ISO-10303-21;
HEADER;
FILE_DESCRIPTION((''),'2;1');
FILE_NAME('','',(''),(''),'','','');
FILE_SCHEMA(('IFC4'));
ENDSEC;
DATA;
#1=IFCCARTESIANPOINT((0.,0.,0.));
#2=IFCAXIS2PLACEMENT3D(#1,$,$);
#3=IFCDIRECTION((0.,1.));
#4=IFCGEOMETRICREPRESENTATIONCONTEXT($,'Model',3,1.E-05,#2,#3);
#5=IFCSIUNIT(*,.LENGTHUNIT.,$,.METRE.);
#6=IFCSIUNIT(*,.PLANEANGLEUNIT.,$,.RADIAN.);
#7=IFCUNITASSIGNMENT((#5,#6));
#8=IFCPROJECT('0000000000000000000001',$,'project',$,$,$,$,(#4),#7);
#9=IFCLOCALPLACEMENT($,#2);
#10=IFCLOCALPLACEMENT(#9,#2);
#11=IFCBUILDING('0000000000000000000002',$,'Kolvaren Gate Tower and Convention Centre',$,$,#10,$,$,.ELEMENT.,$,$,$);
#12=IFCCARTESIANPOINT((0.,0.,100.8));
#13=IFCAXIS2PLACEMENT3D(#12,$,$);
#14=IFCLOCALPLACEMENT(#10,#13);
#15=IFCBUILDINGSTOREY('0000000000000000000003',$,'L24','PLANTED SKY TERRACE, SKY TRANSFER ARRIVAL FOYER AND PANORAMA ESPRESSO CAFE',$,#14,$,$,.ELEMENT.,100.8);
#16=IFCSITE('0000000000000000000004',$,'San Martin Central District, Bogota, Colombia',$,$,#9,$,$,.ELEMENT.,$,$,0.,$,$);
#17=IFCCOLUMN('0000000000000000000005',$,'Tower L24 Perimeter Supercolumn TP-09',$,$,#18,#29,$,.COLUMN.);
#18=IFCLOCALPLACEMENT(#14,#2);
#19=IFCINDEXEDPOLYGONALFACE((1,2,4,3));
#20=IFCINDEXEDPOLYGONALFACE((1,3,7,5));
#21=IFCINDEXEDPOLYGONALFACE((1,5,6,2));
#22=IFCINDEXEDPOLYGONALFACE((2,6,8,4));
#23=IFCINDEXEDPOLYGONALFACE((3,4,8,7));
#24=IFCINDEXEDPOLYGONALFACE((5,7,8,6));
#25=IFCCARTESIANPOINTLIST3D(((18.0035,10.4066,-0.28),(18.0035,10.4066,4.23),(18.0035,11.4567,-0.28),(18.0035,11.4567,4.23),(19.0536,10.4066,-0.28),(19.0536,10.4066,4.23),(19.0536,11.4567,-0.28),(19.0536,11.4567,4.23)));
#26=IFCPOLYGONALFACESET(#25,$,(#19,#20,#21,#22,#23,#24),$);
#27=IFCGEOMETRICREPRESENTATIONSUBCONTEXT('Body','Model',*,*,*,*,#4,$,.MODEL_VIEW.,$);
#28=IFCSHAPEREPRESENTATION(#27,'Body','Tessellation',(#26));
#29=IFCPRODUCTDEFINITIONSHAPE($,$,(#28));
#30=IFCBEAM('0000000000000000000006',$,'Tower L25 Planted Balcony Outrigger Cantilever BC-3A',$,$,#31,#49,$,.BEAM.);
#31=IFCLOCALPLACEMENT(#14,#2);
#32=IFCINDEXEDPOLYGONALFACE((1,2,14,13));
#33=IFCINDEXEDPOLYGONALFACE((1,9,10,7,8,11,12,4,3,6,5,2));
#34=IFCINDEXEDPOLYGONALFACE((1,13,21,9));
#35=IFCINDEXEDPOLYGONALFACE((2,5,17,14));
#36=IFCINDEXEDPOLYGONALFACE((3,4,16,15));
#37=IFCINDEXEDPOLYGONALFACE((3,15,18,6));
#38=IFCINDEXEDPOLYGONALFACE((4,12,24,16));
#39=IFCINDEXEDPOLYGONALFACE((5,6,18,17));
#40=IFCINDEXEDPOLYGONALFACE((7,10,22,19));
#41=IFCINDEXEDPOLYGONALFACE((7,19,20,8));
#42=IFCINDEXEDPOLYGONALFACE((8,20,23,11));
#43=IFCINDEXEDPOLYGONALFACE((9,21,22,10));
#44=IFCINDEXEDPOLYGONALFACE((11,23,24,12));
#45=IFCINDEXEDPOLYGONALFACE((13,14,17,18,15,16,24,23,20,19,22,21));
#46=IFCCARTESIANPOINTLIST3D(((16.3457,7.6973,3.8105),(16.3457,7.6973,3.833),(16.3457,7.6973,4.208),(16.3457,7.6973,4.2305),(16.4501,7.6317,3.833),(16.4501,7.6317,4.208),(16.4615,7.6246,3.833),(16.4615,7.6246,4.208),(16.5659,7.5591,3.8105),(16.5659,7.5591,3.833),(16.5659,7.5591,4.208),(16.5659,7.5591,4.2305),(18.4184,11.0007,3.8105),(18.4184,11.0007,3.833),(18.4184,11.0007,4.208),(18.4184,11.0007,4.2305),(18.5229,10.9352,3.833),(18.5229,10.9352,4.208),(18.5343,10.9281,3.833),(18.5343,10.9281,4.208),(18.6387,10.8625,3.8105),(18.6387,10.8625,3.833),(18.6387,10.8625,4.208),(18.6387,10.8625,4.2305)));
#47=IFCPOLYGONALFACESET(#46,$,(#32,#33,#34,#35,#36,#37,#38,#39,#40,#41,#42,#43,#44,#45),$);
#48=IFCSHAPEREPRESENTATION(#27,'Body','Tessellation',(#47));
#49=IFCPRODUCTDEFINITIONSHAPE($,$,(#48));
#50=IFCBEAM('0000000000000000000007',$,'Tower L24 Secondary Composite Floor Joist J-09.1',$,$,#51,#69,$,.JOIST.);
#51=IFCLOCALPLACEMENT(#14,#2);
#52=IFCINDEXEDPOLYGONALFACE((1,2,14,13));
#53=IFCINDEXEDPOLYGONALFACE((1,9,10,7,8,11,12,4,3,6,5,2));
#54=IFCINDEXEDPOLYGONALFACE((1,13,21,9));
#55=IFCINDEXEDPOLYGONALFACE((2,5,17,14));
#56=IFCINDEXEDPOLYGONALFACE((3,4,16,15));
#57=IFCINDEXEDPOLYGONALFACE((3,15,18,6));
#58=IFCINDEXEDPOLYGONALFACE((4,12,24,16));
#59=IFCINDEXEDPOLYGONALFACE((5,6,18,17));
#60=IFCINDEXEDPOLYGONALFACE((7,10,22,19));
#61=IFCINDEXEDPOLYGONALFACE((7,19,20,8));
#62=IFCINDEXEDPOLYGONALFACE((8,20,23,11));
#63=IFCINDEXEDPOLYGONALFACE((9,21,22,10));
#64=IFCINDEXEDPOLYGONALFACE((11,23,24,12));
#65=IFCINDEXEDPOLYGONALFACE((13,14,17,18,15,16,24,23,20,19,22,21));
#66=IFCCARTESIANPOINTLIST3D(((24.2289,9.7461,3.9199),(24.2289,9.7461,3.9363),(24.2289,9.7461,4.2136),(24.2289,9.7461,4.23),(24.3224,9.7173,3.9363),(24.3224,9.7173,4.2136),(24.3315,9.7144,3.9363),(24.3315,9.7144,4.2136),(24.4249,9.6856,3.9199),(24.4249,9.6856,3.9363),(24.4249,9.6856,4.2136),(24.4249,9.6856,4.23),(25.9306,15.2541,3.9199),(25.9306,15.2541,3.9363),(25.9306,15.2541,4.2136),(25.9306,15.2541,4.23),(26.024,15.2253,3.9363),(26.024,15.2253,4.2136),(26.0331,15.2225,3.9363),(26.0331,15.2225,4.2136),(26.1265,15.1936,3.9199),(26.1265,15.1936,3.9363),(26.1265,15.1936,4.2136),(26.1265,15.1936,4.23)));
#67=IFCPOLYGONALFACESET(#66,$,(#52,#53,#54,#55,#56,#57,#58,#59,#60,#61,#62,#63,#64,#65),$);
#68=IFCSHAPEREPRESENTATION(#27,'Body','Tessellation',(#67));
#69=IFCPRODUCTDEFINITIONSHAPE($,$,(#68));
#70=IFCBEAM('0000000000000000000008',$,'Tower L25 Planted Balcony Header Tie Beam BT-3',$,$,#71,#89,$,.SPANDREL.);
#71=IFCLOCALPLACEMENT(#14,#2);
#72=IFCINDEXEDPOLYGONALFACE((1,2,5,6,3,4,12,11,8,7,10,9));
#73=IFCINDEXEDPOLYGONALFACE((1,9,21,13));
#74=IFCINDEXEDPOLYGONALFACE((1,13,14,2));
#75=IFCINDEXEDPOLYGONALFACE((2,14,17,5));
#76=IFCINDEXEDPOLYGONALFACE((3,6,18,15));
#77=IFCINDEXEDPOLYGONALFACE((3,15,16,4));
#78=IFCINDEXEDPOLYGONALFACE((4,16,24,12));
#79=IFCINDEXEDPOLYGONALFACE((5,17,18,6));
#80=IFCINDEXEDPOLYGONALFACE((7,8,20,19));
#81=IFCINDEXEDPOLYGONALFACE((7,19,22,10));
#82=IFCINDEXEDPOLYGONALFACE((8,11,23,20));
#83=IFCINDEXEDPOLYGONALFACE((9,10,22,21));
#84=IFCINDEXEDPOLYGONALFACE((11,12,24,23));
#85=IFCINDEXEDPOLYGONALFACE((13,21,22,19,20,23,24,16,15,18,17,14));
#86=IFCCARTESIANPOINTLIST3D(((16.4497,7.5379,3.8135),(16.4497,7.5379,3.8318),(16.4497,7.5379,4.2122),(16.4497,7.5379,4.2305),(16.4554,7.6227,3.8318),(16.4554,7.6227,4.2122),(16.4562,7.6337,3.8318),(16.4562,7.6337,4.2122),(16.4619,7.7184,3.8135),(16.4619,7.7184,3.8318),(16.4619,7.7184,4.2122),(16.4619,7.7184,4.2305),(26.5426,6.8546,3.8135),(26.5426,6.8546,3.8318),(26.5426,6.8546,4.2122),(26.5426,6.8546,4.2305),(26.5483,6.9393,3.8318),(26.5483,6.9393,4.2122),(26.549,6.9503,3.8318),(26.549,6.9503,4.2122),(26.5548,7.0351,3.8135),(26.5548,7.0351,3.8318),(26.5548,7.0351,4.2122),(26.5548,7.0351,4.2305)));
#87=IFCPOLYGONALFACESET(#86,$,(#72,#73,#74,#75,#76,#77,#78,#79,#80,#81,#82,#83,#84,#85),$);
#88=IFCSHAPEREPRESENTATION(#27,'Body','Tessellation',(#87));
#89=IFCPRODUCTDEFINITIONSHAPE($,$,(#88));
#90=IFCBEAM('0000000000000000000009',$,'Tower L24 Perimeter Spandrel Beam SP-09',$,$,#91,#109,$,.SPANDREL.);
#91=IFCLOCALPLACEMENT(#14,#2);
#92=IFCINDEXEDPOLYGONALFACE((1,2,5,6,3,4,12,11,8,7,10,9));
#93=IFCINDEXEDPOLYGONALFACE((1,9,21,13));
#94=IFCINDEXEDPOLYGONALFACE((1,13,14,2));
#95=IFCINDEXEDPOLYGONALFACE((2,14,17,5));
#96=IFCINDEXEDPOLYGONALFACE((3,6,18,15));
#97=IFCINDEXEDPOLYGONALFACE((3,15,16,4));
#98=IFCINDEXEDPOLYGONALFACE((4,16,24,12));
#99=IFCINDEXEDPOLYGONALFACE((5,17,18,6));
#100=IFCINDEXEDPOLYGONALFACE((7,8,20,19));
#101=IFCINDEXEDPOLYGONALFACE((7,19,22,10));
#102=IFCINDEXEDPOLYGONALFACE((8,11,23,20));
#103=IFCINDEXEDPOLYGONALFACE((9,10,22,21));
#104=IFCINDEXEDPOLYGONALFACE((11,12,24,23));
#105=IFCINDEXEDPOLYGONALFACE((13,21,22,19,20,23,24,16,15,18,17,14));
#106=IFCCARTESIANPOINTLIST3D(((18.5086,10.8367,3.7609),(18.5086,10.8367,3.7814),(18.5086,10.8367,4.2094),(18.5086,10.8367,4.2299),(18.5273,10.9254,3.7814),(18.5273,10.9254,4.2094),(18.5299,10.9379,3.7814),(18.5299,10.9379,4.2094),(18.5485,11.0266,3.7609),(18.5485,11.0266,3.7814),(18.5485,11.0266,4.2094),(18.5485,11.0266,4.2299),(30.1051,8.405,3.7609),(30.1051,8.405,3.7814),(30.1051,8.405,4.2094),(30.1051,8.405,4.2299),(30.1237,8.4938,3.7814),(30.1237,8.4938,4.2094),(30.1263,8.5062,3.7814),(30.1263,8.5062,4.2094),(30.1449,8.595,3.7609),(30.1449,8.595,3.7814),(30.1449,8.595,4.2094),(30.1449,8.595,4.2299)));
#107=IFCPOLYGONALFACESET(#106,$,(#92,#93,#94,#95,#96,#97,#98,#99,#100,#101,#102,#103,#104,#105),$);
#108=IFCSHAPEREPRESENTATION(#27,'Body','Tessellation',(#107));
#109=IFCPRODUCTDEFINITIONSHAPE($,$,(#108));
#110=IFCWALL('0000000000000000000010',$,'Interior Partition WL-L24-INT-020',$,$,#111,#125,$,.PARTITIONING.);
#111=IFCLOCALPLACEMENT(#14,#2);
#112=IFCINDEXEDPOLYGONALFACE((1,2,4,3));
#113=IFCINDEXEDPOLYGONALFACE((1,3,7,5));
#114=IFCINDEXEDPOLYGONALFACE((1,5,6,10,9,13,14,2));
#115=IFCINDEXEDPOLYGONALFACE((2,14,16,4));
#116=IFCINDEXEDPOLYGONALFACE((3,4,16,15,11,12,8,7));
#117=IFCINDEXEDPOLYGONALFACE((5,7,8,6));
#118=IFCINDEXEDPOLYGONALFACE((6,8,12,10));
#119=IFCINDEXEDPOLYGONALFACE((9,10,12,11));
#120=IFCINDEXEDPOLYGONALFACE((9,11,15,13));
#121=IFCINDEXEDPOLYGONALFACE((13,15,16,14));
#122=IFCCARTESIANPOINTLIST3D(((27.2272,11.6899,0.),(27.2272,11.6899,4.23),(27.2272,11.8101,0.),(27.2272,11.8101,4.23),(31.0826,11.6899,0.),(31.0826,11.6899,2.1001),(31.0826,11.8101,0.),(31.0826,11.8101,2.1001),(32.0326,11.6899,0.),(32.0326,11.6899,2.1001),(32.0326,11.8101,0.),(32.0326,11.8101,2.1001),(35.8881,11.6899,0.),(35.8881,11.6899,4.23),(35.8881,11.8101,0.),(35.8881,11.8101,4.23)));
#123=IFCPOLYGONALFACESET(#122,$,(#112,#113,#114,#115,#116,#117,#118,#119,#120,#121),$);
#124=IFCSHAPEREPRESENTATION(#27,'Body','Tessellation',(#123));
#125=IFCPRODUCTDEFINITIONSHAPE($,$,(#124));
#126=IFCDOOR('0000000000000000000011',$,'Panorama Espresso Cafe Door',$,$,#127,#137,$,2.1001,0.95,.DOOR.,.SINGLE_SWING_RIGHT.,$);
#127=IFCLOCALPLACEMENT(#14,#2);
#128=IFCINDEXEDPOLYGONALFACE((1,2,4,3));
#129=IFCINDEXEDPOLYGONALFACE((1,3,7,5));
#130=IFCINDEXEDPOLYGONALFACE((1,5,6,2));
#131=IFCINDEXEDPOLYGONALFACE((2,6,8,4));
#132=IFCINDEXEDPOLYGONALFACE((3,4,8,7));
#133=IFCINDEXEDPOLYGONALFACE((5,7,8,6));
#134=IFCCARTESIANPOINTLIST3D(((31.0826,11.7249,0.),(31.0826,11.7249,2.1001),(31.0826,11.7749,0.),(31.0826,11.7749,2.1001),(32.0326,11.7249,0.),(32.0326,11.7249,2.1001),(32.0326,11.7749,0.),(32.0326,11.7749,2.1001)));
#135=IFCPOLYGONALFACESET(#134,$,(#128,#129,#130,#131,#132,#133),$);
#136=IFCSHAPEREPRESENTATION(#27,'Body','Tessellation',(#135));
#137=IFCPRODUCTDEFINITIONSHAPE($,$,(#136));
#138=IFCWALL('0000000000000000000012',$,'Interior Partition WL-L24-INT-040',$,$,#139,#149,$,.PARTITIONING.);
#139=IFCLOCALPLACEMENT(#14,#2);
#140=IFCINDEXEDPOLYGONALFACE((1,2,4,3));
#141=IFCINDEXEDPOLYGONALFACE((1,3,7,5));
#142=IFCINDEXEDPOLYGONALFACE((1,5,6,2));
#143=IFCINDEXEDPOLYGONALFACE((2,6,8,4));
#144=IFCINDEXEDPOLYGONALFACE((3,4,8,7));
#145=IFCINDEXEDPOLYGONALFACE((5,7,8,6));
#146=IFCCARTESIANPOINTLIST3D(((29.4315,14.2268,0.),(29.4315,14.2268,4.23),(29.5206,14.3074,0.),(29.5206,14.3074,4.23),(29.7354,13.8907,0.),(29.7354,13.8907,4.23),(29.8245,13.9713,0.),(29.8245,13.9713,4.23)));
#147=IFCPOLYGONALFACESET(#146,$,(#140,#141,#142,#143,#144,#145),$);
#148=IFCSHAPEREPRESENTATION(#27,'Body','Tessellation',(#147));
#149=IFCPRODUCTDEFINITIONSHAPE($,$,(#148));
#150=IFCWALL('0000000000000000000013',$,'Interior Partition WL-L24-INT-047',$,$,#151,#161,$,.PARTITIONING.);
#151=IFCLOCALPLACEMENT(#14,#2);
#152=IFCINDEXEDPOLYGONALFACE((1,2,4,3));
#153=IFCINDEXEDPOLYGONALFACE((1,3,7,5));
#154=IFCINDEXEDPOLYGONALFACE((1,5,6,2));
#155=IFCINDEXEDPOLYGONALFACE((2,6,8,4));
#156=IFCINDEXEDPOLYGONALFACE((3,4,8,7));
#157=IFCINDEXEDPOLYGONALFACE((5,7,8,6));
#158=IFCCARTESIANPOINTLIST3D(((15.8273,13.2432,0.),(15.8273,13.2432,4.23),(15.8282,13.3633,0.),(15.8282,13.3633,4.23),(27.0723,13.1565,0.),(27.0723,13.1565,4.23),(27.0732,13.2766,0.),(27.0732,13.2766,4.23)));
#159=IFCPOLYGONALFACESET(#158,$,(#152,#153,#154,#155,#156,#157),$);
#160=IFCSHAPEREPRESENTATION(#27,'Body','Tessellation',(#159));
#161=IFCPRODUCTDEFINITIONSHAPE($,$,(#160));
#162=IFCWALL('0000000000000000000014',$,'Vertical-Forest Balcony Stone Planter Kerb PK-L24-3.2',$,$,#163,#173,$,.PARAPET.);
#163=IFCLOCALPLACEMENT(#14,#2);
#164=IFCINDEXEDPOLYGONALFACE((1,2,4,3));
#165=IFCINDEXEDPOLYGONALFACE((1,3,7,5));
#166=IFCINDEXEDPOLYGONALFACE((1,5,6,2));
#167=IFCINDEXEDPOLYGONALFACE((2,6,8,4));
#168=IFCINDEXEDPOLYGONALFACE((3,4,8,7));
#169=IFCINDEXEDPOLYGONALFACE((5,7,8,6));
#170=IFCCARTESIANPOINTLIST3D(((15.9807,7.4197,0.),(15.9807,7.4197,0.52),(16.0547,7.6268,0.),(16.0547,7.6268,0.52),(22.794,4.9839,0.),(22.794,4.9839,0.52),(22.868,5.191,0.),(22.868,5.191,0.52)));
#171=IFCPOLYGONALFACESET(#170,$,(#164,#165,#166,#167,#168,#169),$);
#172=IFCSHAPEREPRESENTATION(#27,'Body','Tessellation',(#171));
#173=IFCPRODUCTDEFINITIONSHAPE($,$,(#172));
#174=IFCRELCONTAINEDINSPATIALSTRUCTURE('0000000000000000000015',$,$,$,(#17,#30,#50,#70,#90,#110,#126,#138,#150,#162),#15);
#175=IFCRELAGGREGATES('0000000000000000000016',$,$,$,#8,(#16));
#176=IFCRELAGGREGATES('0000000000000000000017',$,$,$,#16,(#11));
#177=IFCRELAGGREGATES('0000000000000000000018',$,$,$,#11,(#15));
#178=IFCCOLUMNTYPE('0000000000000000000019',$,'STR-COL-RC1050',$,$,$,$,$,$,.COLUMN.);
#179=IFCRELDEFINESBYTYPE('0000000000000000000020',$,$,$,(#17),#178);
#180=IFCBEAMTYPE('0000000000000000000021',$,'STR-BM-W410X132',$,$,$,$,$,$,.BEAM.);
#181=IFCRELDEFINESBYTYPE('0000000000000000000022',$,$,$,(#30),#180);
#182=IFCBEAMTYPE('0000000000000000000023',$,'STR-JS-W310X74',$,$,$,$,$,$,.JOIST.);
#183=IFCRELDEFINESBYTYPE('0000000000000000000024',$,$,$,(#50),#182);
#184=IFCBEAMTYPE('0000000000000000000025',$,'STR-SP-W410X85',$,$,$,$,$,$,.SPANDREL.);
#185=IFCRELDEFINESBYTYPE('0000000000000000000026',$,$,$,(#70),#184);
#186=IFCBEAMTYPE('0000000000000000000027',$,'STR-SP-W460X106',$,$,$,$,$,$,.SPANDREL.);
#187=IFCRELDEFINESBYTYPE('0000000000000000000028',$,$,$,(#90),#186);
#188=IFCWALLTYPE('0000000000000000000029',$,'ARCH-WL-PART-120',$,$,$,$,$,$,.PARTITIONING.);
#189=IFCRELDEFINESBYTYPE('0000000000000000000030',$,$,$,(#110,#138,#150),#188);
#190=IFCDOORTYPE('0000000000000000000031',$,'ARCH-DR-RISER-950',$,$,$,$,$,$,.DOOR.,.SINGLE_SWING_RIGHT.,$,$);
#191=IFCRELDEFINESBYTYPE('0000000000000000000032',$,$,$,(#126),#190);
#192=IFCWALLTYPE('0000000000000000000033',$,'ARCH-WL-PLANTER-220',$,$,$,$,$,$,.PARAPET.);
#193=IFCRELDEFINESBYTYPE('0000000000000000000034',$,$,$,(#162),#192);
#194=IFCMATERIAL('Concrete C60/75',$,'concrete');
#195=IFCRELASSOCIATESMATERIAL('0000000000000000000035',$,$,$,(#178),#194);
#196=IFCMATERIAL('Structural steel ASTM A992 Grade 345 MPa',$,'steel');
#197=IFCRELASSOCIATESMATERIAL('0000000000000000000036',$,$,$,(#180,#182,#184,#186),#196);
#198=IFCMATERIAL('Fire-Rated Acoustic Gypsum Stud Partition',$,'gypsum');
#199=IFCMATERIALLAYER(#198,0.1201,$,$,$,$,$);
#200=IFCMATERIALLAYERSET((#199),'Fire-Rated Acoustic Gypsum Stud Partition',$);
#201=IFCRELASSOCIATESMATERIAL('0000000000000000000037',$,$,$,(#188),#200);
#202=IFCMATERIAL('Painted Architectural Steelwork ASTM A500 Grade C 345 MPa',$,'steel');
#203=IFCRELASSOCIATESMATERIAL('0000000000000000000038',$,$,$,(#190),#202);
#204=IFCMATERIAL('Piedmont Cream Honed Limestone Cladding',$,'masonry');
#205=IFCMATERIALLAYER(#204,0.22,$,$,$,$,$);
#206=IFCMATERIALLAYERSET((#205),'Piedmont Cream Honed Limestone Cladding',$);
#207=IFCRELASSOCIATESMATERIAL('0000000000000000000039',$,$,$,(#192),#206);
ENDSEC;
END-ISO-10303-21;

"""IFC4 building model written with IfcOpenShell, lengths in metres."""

from ifc_helpers import new_model, si_unit, direction, frame, frame_2d, origin, origin_2d, place, context, subcontext, project, spatial, rectangle, i_section, extrude, material, layer, layer_set, material_profile, profile_set, type_object, element, fill, save


model = new_model("IFC4")

# Units and contexts
model_context = context("Model", 3, precision=1e-05, world=origin(), true_north=direction((0.0, 1.0)))
body_context = subcontext(model_context, "Body", "Model", "MODEL_VIEW")
ifc_project = project(units=[si_unit("LENGTHUNIT", "METRE"), si_unit("PLANEANGLEUNIT", "RADIAN")], contexts=[model_context])

# Site, building, storey
site_placement = place(None, origin())
site = spatial("IfcSite", under=ifc_project, at=site_placement, Name="San Martin Central District, Bogota, Colombia", CompositionType="ELEMENT", RefElevation=0.0)
building_placement = place(site_placement, origin())
building = spatial("IfcBuilding", under=site, at=building_placement, Name="Kolvaren Gate Tower and Convention Centre", CompositionType="ELEMENT")
storey_placement = place(building_placement, frame((0.0, 0.0, 100.8)))
storey = spatial("IfcBuildingStorey", under=building, at=storey_placement, Name="L24", Description="PLANTED SKY TERRACE, SKY TRANSFER ARRIVAL FOYER AND PANORAMA ESPRESSO CAFE", CompositionType="ELEMENT", Elevation=100.8)

# Column
ifc_material_1 = material(Name="Concrete C60/75", Category="concrete")
ifc_material_profile_1 = material_profile(ifc_material_1, rectangle(XDim=1.05, YDim=1.05, at=origin_2d()), Name="RC-COL-1050X1050")
ifc_profile_set_1 = profile_set([ifc_material_profile_1], Name="Concrete C60/75")
column_type = type_object("IfcColumnType", Name="STR-COL-RC1050", PredefinedType="COLUMN", material=ifc_profile_set_1)
column_placement = place(storey_placement, frame((18.5286, 10.9316, -0.28), z_axis=(0.0, 0.0, 1.0), x_axis=(1.0, 0.0, 0.0)))
element("IfcColumn", 1, at=column_placement, inside=storey, type_object=column_type, Name="Tower L24 Perimeter Supercolumn TP-09", PredefinedType="COLUMN", context=body_context, shape_type="SweptSolid", body=[
    extrude(rectangle(XDim=1.05, YDim=1.05, at=origin_2d()), origin(), (0.0, 0.0, 1.0), 4.51),
])

# Beams
ifc_material_2 = material(Name="Structural steel ASTM A992 Grade 345 MPa", Category="steel")
ifc_material_profile_2 = material_profile(ifc_material_2, i_section(OverallWidth=0.26, OverallDepth=0.4199, WebThickness=0.0134, FlangeThickness=0.0225, at=origin_2d()), Name="W410X132")
ifc_profile_set_2 = profile_set([ifc_material_profile_2], Name="Structural steel ASTM A992 Grade 345 MPa")
beam_type_1 = type_object("IfcBeamType", Name="STR-BM-W410X132", PredefinedType="BEAM", material=ifc_profile_set_2)
beam_1_placement = place(storey_placement, frame((18.5286, 10.9316, 4.0205), z_axis=(-0.531489, -0.847065, 0.0), x_axis=(0.847065, -0.531489, 0.0)))
element("IfcBeam", 2, at=beam_1_placement, inside=storey, type_object=beam_type_1, Name="Tower L25 Planted Balcony Outrigger Cantilever BC-3A", PredefinedType="BEAM", context=body_context, shape_type="SweptSolid", body=[
    extrude(i_section(OverallWidth=0.26, OverallDepth=0.4199, WebThickness=0.0134, FlangeThickness=0.0225, at=origin_2d()), origin(), (0.0, 0.0, 1.0), 3.8999),
])
ifc_material_profile_3 = material_profile(ifc_material_2, i_section(OverallWidth=0.2051, OverallDepth=0.3101, WebThickness=0.0095, FlangeThickness=0.0164, at=origin_2d()), Name="W310X74")
ifc_profile_set_3 = profile_set([ifc_material_profile_3], Name="Structural steel ASTM A992 Grade 345 MPa")
beam_type_2 = type_object("IfcBeamType", Name="STR-JS-W310X74", PredefinedType="JOIST", material=ifc_profile_set_3)
beam_2_placement = place(storey_placement, frame((26.0286, 15.2239, 4.075), z_axis=(-0.295175, -0.955443, 0.0), x_axis=(0.955443, -0.295175, 0.0)))
element("IfcBeam", 3, at=beam_2_placement, inside=storey, type_object=beam_type_2, Name="Tower L24 Secondary Composite Floor Joist J-09.1", PredefinedType="JOIST", context=body_context, shape_type="SweptSolid", body=[
    extrude(i_section(OverallWidth=0.2051, OverallDepth=0.3101, WebThickness=0.0095, FlangeThickness=0.0164, at=origin_2d()), origin(), (0.0, 0.0, 1.0), 5.7649),
])
ifc_material_profile_4 = material_profile(ifc_material_2, i_section(OverallWidth=0.1809, OverallDepth=0.417, WebThickness=0.011, FlangeThickness=0.0183, at=origin_2d()), Name="W410X85")
ifc_profile_set_4 = profile_set([ifc_material_profile_4], Name="Structural steel ASTM A992 Grade 345 MPa")
beam_type_3 = type_object("IfcBeamType", Name="STR-SP-W410X85", PredefinedType="SPANDREL", material=ifc_profile_set_4)
beam_3_placement = place(storey_placement, frame((16.4558, 7.6282, 4.022), z_axis=(0.997716, -0.067552, 0.0), x_axis=(0.067552, 0.997716, 0.0)))
element("IfcBeam", 4, at=beam_3_placement, inside=storey, type_object=beam_type_3, Name="Tower L25 Planted Balcony Header Tie Beam BT-3", PredefinedType="SPANDREL", context=body_context, shape_type="SweptSolid", body=[
    extrude(i_section(OverallWidth=0.1809, OverallDepth=0.417, WebThickness=0.011, FlangeThickness=0.0183, at=origin_2d()), origin(), (0.0, 0.0, 1.0), 10.116),
])
ifc_material_profile_5 = material_profile(ifc_material_2, i_section(OverallWidth=0.1941, OverallDepth=0.469, WebThickness=0.0127, FlangeThickness=0.0205, at=origin_2d()), Name="W460X106")
ifc_profile_set_5 = profile_set([ifc_material_profile_5], Name="Structural steel ASTM A992 Grade 345 MPa")
beam_type_4 = type_object("IfcBeamType", Name="STR-SP-W460X106", PredefinedType="SPANDREL", material=ifc_profile_set_5)
beam_4_placement = place(storey_placement, frame((18.5286, 10.9316, 3.9954), z_axis=(0.978715, -0.205225, 0.0), x_axis=(0.205225, 0.978715, 0.0)))
element("IfcBeam", 5, at=beam_4_placement, inside=storey, type_object=beam_type_4, Name="Tower L24 Perimeter Spandrel Beam SP-09", PredefinedType="SPANDREL", context=body_context, shape_type="SweptSolid", body=[
    extrude(i_section(OverallWidth=0.1941, OverallDepth=0.469, WebThickness=0.0127, FlangeThickness=0.0205, at=origin_2d()), origin(), (0.0, 0.0, 1.0), 11.8486),
])

# Wall, opening, door
ifc_material_3 = material(Name="Fire-Rated Acoustic Gypsum Stud Partition", Category="gypsum")
ifc_layer_1 = layer(ifc_material_3, 0.1201)
ifc_layer_set_1 = layer_set([ifc_layer_1], Name="Fire-Rated Acoustic Gypsum Stud Partition")
wall_type_1 = type_object("IfcWallType", Name="ARCH-WL-PART-120", PredefinedType="PARTITIONING", material=ifc_layer_set_1)
wall_1_placement = place(storey_placement, frame((27.2271, 11.75, 0.0), z_axis=(0.0, 0.0, 1.0), x_axis=(1.0, 0.0, 0.0)))
wall_1 = element("IfcWall", 6, at=wall_1_placement, inside=storey, type_object=wall_type_1, Name="Interior Partition WL-L24-INT-020", PredefinedType="PARTITIONING", context=body_context, shape_type="SweptSolid", body=[
    extrude(rectangle(XDim=8.6609, YDim=0.1201, at=frame_2d((4.3306, 0.0))), origin(), (0.0, 0.0, 1.0), 4.23),
])
opening_1_placement = place(wall_1_placement, frame((3.8555, 0.0, 0.0)))
opening_1 = element("IfcOpeningElement", 7, at=opening_1_placement, cuts=wall_1, PredefinedType="OPENING", context=body_context, shape_type="SweptSolid", body=[
    extrude(rectangle(XDim=0.95, YDim=2.1001, at=frame_2d((0.4751, 1.05))), frame((0.0, 0.0701, 0.0), z_axis=(0.0, -1.0, 0.0), x_axis=(1.0, 0.0, 0.0)), (0.0, 0.0, 1.0), 0.1401),
])
ifc_material_4 = material(Name="Painted Architectural Steelwork ASTM A500 Grade C 345 MPa", Category="steel")
door_type_1 = type_object("IfcDoorType", Name="ARCH-DR-RISER-950", OperationType="SINGLE_SWING_RIGHT", PredefinedType="DOOR", material=ifc_material_4)
door_1_placement = place(opening_1_placement, origin())
door_1 = element("IfcDoor", 8, at=door_1_placement, inside=storey, type_object=door_type_1, Name="Panorama Espresso Cafe Door", OperationType="SINGLE_SWING_RIGHT", OverallHeight=2.1001, OverallWidth=0.95, PredefinedType="DOOR", context=body_context, shape_type="SweptSolid", body=[
    extrude(rectangle(XDim=0.95, YDim=2.1001, at=frame_2d((0.4751, 1.05))), frame((0.0, 0.0249, 0.0), z_axis=(0.0, -1.0, 0.0), x_axis=(1.0, 0.0, 0.0)), (0.0, 0.0, 1.0), 0.05),
])
fill(opening_1, door_1)

# Walls
wall_2_placement = place(storey_placement, frame((29.4761, 14.2671, 0.0), z_axis=(0.0, 0.0, 1.0), x_axis=(0.670659, -0.741765, 0.0)))
element("IfcWall", 9, at=wall_2_placement, inside=storey, type_object=wall_type_1, Name="Interior Partition WL-L24-INT-040", PredefinedType="PARTITIONING", context=body_context, shape_type="SweptSolid", body=[
    extrude(rectangle(XDim=0.4531, YDim=0.1201, at=frame_2d((0.2266, 0.0))), origin(), (0.0, 0.0, 1.0), 4.23),
])
wall_3_placement = place(storey_placement, frame((15.8279, 13.3032, 0.0), z_axis=(0.0, 0.0, 1.0), x_axis=(0.99997, -0.007707, 0.0)))
element("IfcWall", 10, at=wall_3_placement, inside=storey, type_object=wall_type_1, Name="Interior Partition WL-L24-INT-047", PredefinedType="PARTITIONING", context=body_context, shape_type="SweptSolid", body=[
    extrude(rectangle(XDim=11.2454, YDim=0.1201, at=frame_2d((5.6226, 0.0))), origin(), (0.0, 0.0, 1.0), 4.23),
])
ifc_material_5 = material(Name="Piedmont Cream Honed Limestone Cladding", Category="masonry")
ifc_layer_2 = layer(ifc_material_5, 0.22)
ifc_layer_set_2 = layer_set([ifc_layer_2], Name="Piedmont Cream Honed Limestone Cladding")
wall_type_2 = type_object("IfcWallType", Name="ARCH-WL-PLANTER-220", PredefinedType="PARAPET", material=ifc_layer_set_2)
wall_4_placement = place(storey_placement, frame((16.0178, 7.5232, 0.0), z_axis=(0.0, 0.0, 1.0), x_axis=(0.941633, -0.336642, 0.0)))
element("IfcWall", 11, at=wall_4_placement, inside=storey, type_object=wall_type_2, Name="Vertical-Forest Balcony Stone Planter Kerb PK-L24-3.2", PredefinedType="PARAPET", context=body_context, shape_type="SweptSolid", body=[
    extrude(rectangle(XDim=7.2356, YDim=0.22, at=frame_2d((3.6177, 0.0))), origin(), (0.0, 0.0, 1.0), 0.52),
])

save(model, "model.ifc")
